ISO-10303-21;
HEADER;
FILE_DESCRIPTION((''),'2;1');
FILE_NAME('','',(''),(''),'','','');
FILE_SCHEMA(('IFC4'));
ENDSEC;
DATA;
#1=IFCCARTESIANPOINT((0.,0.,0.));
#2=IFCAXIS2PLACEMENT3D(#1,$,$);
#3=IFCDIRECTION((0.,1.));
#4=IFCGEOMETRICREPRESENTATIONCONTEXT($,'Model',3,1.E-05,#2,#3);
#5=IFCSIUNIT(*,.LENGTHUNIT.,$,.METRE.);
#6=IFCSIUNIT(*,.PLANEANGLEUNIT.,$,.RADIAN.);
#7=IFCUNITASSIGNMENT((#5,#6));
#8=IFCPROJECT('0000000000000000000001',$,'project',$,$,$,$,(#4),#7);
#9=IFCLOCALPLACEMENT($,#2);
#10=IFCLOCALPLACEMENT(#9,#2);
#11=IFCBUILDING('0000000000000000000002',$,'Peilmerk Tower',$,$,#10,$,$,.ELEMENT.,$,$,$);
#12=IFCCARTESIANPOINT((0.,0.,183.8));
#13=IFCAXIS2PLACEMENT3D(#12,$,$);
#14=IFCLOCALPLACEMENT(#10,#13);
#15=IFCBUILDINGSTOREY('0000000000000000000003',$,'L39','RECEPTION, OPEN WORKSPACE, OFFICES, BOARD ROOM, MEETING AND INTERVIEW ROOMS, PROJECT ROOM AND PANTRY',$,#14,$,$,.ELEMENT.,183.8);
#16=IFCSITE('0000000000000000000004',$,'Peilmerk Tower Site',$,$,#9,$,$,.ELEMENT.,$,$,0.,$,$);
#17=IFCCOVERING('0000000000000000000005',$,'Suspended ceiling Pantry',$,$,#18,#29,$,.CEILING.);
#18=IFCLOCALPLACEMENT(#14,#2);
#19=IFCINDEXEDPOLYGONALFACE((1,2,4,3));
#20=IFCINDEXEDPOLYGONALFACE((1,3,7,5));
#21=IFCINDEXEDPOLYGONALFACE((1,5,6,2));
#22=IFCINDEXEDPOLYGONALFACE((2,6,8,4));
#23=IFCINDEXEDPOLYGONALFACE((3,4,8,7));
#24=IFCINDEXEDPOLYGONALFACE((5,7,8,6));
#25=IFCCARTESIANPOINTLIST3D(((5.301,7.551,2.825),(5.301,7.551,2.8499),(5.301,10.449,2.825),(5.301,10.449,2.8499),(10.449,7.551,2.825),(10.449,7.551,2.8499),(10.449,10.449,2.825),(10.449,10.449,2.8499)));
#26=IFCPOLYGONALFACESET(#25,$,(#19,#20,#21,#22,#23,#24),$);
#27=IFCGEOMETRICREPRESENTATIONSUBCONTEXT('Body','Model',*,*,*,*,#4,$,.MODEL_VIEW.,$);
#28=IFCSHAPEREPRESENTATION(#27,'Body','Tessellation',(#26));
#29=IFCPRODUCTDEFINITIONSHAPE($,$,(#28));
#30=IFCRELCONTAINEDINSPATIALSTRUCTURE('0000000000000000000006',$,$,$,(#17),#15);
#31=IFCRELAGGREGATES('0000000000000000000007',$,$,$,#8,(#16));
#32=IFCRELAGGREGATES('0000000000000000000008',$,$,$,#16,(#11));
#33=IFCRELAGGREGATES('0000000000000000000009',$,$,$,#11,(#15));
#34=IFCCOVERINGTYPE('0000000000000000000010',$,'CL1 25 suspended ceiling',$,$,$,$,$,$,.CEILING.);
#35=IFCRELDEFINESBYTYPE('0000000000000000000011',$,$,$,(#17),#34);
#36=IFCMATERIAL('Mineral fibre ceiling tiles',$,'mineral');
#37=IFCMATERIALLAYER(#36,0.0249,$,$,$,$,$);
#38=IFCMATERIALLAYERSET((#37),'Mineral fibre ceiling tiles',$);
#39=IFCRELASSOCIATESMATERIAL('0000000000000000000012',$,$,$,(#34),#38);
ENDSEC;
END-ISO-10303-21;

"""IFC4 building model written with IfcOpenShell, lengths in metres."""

from ifc_helpers import new_model, si_unit, direction, frame, origin, place, context, subcontext, project, spatial, polyline, outline, extrude, material, layer, layer_set, type_object, element, save


model = new_model("IFC4")

# Units and contexts
model_context = context("Model", 3, precision=1e-05, world=origin(), true_north=direction((0.0, 1.0)))
body_context = subcontext(model_context, "Body", "Model", "MODEL_VIEW")
ifc_project = project(units=[si_unit("LENGTHUNIT", "METRE"), si_unit("PLANEANGLEUNIT", "RADIAN")], contexts=[model_context])

# Site, building, storey
site_placement = place(None, origin())
site = spatial("IfcSite", under=ifc_project, at=site_placement, Name="Peilmerk Tower Site", CompositionType="ELEMENT", RefElevation=0.0)
building_placement = place(site_placement, origin())
building = spatial("IfcBuilding", under=site, at=building_placement, Name="Peilmerk Tower", CompositionType="ELEMENT")
storey_placement = place(building_placement, frame((0.0, 0.0, 183.8)))
storey = spatial("IfcBuildingStorey", under=building, at=storey_placement, Name="L39", Description="RECEPTION, OPEN WORKSPACE, OFFICES, BOARD ROOM, MEETING AND INTERVIEW ROOMS, PROJECT ROOM AND PANTRY", CompositionType="ELEMENT", Elevation=183.8)

# Covering
ifc_material_1 = material(Name="Mineral fibre ceiling tiles", Category="mineral")
ifc_layer_1 = layer(ifc_material_1, 0.0249)
ifc_layer_set_1 = layer_set([ifc_layer_1], Name="Mineral fibre ceiling tiles")
covering_type = type_object("IfcCoveringType", Name="CL1 25 suspended ceiling", PredefinedType="CEILING", material=ifc_layer_set_1)
covering_1_placement = place(storey_placement, frame((0.0, 0.0, 2.825)))
element("IfcCovering", 1, at=covering_1_placement, inside=storey, type_object=covering_type, Name="Suspended ceiling Pantry", PredefinedType="CEILING", context=body_context, shape_type="SweptSolid", body=[
    extrude(outline(polyline([(10.449, 7.551), (10.449, 10.449), (5.301, 10.449), (5.301, 7.551), (10.449, 7.551)])), origin(), (0.0, 0.0, 1.0), 0.0249),
])

save(model, "model.ifc")
